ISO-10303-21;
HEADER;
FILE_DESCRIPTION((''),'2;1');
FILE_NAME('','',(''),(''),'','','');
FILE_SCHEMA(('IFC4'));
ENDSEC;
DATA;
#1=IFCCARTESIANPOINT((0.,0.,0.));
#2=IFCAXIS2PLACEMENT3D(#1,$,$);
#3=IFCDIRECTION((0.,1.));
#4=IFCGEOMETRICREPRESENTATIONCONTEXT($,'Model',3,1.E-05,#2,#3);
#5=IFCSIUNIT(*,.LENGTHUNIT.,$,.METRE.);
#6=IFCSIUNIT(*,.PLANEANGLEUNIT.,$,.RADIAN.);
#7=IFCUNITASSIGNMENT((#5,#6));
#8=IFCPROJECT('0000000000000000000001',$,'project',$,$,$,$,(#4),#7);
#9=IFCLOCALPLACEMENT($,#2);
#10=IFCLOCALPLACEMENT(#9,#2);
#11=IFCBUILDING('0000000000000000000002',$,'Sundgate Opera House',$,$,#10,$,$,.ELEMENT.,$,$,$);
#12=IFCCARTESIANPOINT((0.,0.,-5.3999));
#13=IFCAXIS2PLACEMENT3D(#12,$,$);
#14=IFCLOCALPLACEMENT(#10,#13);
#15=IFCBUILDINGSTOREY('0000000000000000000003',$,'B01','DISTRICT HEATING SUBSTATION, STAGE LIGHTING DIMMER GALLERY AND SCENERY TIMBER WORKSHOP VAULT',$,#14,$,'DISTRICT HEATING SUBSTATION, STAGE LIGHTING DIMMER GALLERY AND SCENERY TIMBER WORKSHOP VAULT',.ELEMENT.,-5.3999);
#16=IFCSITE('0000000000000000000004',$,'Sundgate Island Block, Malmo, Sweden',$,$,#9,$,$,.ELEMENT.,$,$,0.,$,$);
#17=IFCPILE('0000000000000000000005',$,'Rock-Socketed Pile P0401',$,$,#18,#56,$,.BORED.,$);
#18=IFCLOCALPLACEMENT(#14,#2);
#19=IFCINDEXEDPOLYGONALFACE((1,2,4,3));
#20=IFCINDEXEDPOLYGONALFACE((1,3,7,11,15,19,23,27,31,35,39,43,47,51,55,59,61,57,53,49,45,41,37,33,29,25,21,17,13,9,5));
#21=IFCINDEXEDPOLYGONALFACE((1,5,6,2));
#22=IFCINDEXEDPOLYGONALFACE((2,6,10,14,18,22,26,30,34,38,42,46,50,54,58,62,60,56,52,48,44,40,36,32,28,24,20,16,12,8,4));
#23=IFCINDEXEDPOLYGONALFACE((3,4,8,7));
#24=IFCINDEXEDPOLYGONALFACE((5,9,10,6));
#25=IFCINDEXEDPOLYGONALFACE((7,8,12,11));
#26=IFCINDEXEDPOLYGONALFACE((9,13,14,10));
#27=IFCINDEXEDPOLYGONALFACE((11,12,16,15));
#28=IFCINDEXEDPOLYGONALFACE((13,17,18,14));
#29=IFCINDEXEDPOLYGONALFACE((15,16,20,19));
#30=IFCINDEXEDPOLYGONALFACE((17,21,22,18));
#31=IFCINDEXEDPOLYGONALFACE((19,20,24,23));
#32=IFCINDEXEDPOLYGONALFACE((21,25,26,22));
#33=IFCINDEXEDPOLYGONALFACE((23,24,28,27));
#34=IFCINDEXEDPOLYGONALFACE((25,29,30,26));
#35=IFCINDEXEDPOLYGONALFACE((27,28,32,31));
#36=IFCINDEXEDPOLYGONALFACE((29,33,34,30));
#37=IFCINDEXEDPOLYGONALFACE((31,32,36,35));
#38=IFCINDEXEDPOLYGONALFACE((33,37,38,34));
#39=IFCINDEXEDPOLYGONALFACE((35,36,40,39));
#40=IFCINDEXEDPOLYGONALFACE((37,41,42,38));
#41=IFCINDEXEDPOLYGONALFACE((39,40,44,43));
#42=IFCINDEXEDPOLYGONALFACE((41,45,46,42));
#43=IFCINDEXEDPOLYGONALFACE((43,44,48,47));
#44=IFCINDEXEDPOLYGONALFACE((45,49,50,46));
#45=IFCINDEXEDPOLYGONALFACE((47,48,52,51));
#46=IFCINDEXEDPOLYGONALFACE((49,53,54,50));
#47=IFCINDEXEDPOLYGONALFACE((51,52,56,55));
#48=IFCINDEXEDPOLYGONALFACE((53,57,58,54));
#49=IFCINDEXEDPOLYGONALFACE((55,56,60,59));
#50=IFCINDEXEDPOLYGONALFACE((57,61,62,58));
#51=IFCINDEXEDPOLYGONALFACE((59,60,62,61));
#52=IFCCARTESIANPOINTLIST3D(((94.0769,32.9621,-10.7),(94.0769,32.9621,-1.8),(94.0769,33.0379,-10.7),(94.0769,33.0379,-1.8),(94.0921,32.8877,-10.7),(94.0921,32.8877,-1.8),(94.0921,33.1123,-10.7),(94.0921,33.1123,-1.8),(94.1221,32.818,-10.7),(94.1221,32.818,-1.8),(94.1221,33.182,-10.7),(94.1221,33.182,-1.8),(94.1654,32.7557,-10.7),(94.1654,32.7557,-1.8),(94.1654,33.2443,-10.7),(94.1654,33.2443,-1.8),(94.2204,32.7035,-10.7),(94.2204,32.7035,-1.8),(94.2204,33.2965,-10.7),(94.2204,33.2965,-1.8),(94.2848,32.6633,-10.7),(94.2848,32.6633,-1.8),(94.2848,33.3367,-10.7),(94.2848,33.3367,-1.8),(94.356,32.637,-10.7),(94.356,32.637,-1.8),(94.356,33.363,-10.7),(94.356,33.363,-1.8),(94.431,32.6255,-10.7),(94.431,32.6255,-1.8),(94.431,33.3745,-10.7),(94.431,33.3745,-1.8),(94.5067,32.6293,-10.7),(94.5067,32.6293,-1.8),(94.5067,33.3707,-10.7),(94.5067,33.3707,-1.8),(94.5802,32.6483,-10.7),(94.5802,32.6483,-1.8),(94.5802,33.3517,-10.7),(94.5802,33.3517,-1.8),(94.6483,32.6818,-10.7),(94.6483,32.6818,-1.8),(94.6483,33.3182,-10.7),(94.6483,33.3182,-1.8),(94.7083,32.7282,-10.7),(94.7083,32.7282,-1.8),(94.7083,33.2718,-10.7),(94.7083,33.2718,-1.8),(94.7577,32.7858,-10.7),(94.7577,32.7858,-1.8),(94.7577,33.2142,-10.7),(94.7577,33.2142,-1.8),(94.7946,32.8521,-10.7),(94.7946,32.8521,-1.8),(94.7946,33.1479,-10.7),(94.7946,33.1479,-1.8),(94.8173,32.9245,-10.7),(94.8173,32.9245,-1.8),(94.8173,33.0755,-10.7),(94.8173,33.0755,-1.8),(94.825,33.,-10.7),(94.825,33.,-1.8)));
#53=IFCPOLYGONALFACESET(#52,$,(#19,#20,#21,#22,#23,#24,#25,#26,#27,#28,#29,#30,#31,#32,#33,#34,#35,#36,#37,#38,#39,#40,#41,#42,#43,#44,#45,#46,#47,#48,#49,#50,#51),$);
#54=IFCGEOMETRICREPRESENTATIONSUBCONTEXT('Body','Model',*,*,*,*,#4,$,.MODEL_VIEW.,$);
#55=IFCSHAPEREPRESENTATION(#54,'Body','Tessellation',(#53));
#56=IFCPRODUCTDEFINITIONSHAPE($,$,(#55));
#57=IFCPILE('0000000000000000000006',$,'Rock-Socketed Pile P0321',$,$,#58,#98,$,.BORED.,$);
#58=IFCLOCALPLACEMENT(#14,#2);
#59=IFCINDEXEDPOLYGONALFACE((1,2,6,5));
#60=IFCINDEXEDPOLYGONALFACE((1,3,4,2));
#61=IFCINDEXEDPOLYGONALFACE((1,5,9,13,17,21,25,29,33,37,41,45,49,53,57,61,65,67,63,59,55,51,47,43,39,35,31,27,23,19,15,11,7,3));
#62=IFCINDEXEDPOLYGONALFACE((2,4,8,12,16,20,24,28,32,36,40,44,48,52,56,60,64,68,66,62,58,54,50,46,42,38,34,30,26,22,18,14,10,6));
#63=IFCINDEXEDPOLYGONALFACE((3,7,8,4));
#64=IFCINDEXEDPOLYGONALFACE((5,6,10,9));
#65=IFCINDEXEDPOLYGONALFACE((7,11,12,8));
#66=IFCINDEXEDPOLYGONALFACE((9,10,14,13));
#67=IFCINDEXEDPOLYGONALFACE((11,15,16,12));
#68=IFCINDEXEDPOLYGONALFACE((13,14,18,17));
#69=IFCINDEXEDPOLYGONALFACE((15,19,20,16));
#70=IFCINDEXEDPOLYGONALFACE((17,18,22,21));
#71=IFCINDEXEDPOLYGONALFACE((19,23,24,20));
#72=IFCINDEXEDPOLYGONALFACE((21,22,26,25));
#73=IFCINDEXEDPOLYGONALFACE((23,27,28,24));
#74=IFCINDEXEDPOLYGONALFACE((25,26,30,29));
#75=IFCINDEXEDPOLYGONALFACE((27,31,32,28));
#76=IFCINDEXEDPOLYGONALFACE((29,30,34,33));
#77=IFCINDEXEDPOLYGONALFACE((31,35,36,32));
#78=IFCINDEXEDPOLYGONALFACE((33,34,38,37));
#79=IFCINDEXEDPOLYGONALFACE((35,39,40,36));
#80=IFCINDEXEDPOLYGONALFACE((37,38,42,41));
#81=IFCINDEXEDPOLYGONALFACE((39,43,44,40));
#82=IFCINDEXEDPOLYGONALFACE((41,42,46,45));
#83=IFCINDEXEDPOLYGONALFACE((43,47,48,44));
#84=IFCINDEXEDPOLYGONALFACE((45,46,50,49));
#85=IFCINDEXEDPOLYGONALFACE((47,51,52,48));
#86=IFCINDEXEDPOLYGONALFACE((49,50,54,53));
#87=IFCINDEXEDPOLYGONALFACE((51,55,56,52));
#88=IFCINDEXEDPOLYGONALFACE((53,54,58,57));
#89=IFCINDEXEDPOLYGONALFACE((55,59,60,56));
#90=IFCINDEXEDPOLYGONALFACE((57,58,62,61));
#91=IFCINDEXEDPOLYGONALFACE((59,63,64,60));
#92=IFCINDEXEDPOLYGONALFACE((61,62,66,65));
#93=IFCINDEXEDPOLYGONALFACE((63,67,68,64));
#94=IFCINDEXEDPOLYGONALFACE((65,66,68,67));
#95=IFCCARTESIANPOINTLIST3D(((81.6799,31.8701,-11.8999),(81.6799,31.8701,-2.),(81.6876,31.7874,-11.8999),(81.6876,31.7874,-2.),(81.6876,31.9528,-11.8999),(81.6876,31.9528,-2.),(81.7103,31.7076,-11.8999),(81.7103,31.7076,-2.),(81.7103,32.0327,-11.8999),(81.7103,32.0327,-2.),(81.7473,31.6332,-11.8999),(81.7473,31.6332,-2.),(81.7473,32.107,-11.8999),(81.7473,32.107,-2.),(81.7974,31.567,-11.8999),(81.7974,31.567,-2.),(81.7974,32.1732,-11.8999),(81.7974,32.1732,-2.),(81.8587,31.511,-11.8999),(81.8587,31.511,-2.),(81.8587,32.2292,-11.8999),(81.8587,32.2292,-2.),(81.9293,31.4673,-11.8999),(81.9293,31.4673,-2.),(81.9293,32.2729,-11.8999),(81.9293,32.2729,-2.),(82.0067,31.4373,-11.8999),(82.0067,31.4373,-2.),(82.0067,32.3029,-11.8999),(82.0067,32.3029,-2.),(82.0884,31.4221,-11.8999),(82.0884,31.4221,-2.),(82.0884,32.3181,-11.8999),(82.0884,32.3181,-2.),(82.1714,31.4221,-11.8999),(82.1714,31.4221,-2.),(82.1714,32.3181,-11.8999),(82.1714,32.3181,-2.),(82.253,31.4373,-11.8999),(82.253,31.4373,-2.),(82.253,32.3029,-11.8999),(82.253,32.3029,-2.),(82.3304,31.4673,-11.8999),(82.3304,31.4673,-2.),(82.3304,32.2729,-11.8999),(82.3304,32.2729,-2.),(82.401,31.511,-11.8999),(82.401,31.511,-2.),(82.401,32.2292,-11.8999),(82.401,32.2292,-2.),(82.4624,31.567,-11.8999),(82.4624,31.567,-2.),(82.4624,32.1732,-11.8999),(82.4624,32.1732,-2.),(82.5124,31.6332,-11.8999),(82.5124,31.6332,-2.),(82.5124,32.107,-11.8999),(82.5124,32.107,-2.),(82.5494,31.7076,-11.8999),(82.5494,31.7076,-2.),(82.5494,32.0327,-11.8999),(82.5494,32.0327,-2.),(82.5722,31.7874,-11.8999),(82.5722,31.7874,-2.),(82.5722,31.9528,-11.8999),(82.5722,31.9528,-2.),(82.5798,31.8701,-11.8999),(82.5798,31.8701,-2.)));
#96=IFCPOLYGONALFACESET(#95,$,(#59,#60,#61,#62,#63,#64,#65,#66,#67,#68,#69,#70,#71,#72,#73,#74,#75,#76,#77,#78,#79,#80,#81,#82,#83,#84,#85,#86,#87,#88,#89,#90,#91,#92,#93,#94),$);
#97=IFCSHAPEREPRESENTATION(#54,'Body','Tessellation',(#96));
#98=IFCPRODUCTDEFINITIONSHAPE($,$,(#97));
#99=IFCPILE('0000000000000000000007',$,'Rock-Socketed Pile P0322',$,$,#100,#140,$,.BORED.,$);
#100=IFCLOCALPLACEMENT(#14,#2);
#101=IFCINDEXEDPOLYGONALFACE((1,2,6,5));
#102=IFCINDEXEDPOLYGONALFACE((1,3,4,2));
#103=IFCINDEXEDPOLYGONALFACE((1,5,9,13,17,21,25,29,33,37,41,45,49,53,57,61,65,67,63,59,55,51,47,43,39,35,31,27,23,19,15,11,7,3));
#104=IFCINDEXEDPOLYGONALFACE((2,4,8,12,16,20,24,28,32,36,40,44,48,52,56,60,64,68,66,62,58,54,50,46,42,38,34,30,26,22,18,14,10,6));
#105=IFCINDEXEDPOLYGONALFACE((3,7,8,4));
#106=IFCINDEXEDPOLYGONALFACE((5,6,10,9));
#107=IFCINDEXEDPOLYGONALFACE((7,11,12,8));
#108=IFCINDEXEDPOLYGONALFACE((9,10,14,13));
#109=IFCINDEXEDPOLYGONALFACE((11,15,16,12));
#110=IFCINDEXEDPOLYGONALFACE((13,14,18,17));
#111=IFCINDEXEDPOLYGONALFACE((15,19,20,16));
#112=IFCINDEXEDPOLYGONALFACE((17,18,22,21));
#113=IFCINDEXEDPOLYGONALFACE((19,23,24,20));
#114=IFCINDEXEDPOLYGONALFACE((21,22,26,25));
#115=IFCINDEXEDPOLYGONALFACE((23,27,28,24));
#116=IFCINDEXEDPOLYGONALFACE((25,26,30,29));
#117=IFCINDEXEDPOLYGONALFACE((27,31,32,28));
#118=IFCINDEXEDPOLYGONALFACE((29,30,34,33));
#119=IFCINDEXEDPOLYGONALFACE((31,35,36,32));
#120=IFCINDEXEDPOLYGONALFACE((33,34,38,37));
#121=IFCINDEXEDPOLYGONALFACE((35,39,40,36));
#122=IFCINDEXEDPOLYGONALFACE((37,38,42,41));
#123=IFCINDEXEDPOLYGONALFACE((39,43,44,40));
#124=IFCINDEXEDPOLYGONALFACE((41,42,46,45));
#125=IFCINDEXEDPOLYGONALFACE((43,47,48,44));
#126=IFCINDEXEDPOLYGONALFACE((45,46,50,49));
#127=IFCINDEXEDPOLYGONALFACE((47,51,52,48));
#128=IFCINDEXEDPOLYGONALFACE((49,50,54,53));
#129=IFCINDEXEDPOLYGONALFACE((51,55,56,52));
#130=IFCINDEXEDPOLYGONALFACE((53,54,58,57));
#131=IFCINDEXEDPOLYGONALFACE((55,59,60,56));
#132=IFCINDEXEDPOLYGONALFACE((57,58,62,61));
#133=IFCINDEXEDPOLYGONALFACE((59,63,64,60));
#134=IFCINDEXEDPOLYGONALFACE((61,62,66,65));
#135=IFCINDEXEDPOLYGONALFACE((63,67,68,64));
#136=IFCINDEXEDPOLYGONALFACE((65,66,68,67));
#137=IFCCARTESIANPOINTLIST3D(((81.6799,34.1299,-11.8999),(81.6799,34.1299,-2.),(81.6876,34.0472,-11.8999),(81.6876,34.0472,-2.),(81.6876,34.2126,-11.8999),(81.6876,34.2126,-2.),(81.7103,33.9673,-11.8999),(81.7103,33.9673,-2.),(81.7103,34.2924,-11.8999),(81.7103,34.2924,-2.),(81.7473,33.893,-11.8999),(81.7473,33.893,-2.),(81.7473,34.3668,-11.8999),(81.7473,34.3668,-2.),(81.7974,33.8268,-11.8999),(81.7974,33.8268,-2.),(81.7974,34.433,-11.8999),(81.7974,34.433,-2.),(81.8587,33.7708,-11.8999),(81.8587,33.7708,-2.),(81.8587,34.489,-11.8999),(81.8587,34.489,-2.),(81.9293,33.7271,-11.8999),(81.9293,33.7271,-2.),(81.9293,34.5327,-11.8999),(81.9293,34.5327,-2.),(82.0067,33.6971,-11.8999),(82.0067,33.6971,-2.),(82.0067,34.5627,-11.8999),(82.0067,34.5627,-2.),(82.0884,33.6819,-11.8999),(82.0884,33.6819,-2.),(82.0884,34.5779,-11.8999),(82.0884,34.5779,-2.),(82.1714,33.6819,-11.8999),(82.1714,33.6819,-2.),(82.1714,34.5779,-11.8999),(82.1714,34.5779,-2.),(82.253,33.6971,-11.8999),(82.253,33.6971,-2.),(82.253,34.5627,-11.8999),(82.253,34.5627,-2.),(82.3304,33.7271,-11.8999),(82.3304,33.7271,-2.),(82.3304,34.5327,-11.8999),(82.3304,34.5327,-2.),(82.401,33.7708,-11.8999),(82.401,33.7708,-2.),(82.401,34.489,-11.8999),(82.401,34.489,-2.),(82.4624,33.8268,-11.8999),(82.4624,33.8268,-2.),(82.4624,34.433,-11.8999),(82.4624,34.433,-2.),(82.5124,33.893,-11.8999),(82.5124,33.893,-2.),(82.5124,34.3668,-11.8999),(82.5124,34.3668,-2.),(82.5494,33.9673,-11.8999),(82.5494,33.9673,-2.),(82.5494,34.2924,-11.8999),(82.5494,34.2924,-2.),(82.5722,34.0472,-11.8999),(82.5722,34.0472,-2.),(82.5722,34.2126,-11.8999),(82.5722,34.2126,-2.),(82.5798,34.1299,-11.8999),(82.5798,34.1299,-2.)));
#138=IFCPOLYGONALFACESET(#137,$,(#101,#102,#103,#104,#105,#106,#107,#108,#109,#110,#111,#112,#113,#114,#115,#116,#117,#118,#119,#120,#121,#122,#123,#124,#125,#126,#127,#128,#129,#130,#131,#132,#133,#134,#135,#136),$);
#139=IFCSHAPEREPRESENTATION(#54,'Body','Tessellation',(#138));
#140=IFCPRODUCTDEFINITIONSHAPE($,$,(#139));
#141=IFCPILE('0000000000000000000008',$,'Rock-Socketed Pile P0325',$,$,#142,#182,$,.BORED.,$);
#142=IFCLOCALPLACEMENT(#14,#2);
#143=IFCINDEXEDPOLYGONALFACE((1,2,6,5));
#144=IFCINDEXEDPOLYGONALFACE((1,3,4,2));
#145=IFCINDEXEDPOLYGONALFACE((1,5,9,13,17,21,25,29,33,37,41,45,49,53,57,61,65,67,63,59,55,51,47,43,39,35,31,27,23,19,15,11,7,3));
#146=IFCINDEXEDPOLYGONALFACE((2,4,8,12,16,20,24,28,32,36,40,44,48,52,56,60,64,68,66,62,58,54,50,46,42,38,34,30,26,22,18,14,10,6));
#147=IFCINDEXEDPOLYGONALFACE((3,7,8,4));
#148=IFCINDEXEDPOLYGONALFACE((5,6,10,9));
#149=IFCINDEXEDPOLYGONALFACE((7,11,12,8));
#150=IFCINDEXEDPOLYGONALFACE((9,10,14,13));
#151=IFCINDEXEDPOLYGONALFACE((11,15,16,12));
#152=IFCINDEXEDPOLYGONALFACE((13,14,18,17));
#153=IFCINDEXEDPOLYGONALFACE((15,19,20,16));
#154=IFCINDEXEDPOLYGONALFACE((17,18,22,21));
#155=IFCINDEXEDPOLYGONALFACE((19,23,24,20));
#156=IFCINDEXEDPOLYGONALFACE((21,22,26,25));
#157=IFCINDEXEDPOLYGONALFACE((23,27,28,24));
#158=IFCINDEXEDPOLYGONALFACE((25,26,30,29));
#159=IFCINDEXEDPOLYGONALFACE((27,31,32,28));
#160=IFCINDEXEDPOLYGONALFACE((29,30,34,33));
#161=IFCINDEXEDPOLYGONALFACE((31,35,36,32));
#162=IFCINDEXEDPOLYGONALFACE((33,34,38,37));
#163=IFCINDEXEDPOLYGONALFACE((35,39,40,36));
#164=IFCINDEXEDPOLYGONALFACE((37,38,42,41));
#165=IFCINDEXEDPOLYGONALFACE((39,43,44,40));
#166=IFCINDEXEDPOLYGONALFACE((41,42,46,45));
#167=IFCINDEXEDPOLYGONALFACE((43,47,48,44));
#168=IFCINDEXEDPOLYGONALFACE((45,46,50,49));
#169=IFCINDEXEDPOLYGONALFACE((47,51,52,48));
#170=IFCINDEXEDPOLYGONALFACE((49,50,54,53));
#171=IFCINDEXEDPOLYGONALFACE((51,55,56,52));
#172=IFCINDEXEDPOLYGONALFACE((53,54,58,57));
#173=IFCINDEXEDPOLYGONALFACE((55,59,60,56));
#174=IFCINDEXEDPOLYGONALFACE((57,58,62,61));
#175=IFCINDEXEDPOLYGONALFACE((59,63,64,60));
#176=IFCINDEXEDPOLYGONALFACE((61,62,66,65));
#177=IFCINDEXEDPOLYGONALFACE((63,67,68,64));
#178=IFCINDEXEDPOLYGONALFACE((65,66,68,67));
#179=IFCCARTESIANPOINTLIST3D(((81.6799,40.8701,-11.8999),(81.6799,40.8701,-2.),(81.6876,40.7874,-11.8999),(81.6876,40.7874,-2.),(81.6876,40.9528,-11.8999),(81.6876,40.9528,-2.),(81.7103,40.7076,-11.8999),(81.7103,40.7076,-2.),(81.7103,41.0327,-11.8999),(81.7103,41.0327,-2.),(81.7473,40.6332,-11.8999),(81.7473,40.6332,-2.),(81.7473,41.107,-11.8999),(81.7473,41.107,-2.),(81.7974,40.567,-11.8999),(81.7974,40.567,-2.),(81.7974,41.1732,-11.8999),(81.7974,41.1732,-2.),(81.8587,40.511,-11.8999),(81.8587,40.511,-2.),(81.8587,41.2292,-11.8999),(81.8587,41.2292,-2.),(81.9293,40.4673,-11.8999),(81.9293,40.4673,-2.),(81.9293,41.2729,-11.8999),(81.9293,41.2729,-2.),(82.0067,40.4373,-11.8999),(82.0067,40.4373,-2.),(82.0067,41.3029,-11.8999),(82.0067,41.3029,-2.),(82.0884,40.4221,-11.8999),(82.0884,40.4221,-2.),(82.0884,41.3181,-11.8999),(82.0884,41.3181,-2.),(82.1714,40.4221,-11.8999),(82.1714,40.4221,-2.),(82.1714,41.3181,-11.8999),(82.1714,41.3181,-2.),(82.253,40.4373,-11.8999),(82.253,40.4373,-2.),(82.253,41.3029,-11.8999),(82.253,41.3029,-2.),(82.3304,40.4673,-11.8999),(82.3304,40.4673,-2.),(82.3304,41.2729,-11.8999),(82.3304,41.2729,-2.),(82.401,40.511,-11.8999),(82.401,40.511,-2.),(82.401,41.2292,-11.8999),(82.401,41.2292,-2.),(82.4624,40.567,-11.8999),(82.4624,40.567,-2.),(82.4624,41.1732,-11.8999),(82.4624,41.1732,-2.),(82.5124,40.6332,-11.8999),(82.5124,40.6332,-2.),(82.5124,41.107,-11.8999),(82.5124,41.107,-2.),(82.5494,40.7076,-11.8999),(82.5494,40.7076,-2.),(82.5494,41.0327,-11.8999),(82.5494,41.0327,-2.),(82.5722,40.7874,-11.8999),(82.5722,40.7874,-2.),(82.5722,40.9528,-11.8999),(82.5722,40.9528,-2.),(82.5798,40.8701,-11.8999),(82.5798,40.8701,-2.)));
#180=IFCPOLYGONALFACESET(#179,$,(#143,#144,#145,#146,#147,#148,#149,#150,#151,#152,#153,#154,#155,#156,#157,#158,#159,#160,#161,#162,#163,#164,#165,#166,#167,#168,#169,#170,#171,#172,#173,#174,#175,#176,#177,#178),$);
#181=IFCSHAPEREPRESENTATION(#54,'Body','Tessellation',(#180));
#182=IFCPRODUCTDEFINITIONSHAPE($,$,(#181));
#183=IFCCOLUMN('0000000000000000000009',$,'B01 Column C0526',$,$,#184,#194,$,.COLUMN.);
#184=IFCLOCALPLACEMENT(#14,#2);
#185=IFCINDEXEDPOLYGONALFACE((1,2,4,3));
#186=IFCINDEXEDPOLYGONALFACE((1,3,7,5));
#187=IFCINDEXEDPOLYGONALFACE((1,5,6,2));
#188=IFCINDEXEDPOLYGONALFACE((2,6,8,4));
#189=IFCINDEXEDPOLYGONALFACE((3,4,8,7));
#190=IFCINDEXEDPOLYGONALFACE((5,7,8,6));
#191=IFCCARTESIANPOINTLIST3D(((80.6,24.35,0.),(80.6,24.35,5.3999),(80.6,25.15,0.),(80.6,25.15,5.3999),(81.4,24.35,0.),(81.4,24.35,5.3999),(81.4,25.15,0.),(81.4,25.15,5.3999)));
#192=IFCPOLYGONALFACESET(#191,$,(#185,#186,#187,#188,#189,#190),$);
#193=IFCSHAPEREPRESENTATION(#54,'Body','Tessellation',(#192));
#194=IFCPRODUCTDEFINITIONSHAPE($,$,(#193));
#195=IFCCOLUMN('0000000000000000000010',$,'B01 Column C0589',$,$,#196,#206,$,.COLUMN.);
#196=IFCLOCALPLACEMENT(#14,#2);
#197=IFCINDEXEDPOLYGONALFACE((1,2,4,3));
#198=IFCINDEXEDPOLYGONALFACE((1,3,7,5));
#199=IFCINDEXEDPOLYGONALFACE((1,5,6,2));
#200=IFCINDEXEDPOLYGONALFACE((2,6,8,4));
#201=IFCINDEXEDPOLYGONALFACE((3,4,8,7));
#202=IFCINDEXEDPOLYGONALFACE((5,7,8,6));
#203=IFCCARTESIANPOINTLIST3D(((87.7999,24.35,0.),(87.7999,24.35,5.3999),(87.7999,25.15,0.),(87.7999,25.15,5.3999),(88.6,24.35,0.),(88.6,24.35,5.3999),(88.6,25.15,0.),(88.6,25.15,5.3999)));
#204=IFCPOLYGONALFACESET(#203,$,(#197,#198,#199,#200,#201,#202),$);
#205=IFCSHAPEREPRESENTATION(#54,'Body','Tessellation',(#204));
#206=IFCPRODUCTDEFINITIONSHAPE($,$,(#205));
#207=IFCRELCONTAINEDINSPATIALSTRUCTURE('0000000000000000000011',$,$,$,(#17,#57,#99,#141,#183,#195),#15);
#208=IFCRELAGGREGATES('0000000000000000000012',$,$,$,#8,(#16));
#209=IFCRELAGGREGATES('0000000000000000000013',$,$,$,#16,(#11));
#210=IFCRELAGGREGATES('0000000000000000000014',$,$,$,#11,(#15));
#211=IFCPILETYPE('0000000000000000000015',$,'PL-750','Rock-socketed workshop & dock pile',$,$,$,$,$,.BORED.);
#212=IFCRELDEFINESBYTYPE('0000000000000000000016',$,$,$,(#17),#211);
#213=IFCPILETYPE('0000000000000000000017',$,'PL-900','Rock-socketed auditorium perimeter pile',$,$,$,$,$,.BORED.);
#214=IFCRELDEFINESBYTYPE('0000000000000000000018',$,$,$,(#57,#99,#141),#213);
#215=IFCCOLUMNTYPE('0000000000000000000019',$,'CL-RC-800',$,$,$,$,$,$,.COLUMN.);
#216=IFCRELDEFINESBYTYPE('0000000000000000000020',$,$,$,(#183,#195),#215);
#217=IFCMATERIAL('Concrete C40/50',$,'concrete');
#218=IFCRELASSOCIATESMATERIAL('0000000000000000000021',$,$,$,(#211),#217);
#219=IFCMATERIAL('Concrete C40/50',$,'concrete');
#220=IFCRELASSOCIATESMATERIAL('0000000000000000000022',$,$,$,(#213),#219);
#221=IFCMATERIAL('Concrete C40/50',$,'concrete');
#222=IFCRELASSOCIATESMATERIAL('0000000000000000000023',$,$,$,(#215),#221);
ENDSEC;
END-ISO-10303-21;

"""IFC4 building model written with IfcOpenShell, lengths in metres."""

from ifc_helpers import new_model, si_unit, direction, frame, origin, origin_2d, place, context, subcontext, project, spatial, rectangle, circle, extrude, material, material_profile, profile_set, type_object, element, save


model = new_model("IFC4")

# Units and contexts
model_context = context("Model", 3, precision=1e-05, world=origin(), true_north=direction((0.0, 1.0)))
body_context = subcontext(model_context, "Body", "Model", "MODEL_VIEW")
ifc_project = project(units=[si_unit("LENGTHUNIT", "METRE"), si_unit("PLANEANGLEUNIT", "RADIAN")], contexts=[model_context])

# Site, building, storey
site_placement = place(None, origin())
site = spatial("IfcSite", under=ifc_project, at=site_placement, Name="Sundgate Island Block, Malmo, Sweden", CompositionType="ELEMENT", RefElevation=0.0)
building_placement = place(site_placement, origin())
building = spatial("IfcBuilding", under=site, at=building_placement, Name="Sundgate Opera House", CompositionType="ELEMENT")
storey_placement = place(building_placement, frame((0.0, 0.0, -5.3999)))
storey = spatial("IfcBuildingStorey", under=building, at=storey_placement, Name="B01", Description="DISTRICT HEATING SUBSTATION, STAGE LIGHTING DIMMER GALLERY AND SCENERY TIMBER WORKSHOP VAULT", LongName="DISTRICT HEATING SUBSTATION, STAGE LIGHTING DIMMER GALLERY AND SCENERY TIMBER WORKSHOP VAULT", CompositionType="ELEMENT", Elevation=-5.3999)

# Piles
ifc_material_1 = material(Name="Concrete C40/50", Category="concrete")
ifc_material_profile_1 = material_profile(ifc_material_1, circle(Radius=0.375, at=origin_2d()), Name="PILE D750")
ifc_profile_set_1 = profile_set([ifc_material_profile_1], Name="Concrete C40/50")
pile_type_1 = type_object("IfcPileType", Name="PL-750", Description="Rock-socketed workshop & dock pile", PredefinedType="BORED", material=ifc_profile_set_1)
pile_placement = place(storey_placement, frame((94.45, 33.0, -1.8), z_axis=(0.0, 0.0, -1.0), x_axis=(1.0, 0.0, 0.0)))
element("IfcPile", 1, at=pile_placement, inside=storey, type_object=pile_type_1, Name="Rock-Socketed Pile P0401", PredefinedType="BORED", context=body_context, shape_type="SweptSolid", body=[
    extrude(circle(Radius=0.375, at=origin_2d()), origin(), (0.0, 0.0, 1.0), 8.8999),
])
ifc_material_2 = material(Name="Concrete C40/50", Category="concrete")
ifc_material_profile_2 = material_profile(ifc_material_2, circle(Radius=0.45, at=origin_2d()), Name="PILE D900")
ifc_profile_set_2 = profile_set([ifc_material_profile_2], Name="Concrete C40/50")
pile_type_2 = type_object("IfcPileType", Name="PL-900", Description="Rock-socketed auditorium perimeter pile", PredefinedType="BORED", material=ifc_profile_set_2)
for number, where, z_axis, x_axis, name in (
    (2, (82.1299, 31.8701, -2.0), (0.0, 0.0, -1.0), (1.0, 0.0, 0.0), "Rock-Socketed Pile P0321"),
    (3, (82.1299, 34.1299, -2.0), (0.0, 0.0, -1.0), (1.0, 0.0, 0.0), "Rock-Socketed Pile P0322"),
    (4, (82.1299, 40.8701, -2.0), (0.0, 0.0, -1.0), (1.0, 0.0, 0.0), "Rock-Socketed Pile P0325"),
):
    element("IfcPile", number, at=place(storey_placement, frame(where, z_axis=z_axis, x_axis=x_axis)), inside=storey, type_object=pile_type_2, Name=name, PredefinedType="BORED", context=body_context, shape_type="SweptSolid", body=[
        extrude(circle(Radius=0.45, at=origin_2d()), origin(), (0.0, 0.0, 1.0), 9.8999),
    ])

# Columns
ifc_material_3 = material(Name="Concrete C40/50", Category="concrete")
ifc_material_profile_3 = material_profile(ifc_material_3, rectangle(XDim=0.8, YDim=0.8, at=origin_2d()), Name="RC 800x800")
ifc_profile_set_3 = profile_set([ifc_material_profile_3], Name="Concrete C40/50")
column_type_1 = type_object("IfcColumnType", Name="CL-RC-800", PredefinedType="COLUMN", material=ifc_profile_set_3)
for number, where, z_axis, x_axis, name in (
    (5, (81.0, 24.75, 0.0), (0.0, 0.0, 1.0), (1.0, 0.0, 0.0), "B01 Column C0526"),
    (6, (88.2, 24.75, 0.0), (0.0, 0.0, 1.0), (1.0, 0.0, 0.0), "B01 Column C0589"),
):
    element("IfcColumn", number, at=place(storey_placement, frame(where, z_axis=z_axis, x_axis=x_axis)), inside=storey, type_object=column_type_1, Name=name, PredefinedType="COLUMN", context=body_context, shape_type="SweptSolid", body=[
        extrude(rectangle(XDim=0.8, YDim=0.8, at=origin_2d()), origin(), (0.0, 0.0, 1.0), 5.3999),
    ])

save(model, "model.ifc")
